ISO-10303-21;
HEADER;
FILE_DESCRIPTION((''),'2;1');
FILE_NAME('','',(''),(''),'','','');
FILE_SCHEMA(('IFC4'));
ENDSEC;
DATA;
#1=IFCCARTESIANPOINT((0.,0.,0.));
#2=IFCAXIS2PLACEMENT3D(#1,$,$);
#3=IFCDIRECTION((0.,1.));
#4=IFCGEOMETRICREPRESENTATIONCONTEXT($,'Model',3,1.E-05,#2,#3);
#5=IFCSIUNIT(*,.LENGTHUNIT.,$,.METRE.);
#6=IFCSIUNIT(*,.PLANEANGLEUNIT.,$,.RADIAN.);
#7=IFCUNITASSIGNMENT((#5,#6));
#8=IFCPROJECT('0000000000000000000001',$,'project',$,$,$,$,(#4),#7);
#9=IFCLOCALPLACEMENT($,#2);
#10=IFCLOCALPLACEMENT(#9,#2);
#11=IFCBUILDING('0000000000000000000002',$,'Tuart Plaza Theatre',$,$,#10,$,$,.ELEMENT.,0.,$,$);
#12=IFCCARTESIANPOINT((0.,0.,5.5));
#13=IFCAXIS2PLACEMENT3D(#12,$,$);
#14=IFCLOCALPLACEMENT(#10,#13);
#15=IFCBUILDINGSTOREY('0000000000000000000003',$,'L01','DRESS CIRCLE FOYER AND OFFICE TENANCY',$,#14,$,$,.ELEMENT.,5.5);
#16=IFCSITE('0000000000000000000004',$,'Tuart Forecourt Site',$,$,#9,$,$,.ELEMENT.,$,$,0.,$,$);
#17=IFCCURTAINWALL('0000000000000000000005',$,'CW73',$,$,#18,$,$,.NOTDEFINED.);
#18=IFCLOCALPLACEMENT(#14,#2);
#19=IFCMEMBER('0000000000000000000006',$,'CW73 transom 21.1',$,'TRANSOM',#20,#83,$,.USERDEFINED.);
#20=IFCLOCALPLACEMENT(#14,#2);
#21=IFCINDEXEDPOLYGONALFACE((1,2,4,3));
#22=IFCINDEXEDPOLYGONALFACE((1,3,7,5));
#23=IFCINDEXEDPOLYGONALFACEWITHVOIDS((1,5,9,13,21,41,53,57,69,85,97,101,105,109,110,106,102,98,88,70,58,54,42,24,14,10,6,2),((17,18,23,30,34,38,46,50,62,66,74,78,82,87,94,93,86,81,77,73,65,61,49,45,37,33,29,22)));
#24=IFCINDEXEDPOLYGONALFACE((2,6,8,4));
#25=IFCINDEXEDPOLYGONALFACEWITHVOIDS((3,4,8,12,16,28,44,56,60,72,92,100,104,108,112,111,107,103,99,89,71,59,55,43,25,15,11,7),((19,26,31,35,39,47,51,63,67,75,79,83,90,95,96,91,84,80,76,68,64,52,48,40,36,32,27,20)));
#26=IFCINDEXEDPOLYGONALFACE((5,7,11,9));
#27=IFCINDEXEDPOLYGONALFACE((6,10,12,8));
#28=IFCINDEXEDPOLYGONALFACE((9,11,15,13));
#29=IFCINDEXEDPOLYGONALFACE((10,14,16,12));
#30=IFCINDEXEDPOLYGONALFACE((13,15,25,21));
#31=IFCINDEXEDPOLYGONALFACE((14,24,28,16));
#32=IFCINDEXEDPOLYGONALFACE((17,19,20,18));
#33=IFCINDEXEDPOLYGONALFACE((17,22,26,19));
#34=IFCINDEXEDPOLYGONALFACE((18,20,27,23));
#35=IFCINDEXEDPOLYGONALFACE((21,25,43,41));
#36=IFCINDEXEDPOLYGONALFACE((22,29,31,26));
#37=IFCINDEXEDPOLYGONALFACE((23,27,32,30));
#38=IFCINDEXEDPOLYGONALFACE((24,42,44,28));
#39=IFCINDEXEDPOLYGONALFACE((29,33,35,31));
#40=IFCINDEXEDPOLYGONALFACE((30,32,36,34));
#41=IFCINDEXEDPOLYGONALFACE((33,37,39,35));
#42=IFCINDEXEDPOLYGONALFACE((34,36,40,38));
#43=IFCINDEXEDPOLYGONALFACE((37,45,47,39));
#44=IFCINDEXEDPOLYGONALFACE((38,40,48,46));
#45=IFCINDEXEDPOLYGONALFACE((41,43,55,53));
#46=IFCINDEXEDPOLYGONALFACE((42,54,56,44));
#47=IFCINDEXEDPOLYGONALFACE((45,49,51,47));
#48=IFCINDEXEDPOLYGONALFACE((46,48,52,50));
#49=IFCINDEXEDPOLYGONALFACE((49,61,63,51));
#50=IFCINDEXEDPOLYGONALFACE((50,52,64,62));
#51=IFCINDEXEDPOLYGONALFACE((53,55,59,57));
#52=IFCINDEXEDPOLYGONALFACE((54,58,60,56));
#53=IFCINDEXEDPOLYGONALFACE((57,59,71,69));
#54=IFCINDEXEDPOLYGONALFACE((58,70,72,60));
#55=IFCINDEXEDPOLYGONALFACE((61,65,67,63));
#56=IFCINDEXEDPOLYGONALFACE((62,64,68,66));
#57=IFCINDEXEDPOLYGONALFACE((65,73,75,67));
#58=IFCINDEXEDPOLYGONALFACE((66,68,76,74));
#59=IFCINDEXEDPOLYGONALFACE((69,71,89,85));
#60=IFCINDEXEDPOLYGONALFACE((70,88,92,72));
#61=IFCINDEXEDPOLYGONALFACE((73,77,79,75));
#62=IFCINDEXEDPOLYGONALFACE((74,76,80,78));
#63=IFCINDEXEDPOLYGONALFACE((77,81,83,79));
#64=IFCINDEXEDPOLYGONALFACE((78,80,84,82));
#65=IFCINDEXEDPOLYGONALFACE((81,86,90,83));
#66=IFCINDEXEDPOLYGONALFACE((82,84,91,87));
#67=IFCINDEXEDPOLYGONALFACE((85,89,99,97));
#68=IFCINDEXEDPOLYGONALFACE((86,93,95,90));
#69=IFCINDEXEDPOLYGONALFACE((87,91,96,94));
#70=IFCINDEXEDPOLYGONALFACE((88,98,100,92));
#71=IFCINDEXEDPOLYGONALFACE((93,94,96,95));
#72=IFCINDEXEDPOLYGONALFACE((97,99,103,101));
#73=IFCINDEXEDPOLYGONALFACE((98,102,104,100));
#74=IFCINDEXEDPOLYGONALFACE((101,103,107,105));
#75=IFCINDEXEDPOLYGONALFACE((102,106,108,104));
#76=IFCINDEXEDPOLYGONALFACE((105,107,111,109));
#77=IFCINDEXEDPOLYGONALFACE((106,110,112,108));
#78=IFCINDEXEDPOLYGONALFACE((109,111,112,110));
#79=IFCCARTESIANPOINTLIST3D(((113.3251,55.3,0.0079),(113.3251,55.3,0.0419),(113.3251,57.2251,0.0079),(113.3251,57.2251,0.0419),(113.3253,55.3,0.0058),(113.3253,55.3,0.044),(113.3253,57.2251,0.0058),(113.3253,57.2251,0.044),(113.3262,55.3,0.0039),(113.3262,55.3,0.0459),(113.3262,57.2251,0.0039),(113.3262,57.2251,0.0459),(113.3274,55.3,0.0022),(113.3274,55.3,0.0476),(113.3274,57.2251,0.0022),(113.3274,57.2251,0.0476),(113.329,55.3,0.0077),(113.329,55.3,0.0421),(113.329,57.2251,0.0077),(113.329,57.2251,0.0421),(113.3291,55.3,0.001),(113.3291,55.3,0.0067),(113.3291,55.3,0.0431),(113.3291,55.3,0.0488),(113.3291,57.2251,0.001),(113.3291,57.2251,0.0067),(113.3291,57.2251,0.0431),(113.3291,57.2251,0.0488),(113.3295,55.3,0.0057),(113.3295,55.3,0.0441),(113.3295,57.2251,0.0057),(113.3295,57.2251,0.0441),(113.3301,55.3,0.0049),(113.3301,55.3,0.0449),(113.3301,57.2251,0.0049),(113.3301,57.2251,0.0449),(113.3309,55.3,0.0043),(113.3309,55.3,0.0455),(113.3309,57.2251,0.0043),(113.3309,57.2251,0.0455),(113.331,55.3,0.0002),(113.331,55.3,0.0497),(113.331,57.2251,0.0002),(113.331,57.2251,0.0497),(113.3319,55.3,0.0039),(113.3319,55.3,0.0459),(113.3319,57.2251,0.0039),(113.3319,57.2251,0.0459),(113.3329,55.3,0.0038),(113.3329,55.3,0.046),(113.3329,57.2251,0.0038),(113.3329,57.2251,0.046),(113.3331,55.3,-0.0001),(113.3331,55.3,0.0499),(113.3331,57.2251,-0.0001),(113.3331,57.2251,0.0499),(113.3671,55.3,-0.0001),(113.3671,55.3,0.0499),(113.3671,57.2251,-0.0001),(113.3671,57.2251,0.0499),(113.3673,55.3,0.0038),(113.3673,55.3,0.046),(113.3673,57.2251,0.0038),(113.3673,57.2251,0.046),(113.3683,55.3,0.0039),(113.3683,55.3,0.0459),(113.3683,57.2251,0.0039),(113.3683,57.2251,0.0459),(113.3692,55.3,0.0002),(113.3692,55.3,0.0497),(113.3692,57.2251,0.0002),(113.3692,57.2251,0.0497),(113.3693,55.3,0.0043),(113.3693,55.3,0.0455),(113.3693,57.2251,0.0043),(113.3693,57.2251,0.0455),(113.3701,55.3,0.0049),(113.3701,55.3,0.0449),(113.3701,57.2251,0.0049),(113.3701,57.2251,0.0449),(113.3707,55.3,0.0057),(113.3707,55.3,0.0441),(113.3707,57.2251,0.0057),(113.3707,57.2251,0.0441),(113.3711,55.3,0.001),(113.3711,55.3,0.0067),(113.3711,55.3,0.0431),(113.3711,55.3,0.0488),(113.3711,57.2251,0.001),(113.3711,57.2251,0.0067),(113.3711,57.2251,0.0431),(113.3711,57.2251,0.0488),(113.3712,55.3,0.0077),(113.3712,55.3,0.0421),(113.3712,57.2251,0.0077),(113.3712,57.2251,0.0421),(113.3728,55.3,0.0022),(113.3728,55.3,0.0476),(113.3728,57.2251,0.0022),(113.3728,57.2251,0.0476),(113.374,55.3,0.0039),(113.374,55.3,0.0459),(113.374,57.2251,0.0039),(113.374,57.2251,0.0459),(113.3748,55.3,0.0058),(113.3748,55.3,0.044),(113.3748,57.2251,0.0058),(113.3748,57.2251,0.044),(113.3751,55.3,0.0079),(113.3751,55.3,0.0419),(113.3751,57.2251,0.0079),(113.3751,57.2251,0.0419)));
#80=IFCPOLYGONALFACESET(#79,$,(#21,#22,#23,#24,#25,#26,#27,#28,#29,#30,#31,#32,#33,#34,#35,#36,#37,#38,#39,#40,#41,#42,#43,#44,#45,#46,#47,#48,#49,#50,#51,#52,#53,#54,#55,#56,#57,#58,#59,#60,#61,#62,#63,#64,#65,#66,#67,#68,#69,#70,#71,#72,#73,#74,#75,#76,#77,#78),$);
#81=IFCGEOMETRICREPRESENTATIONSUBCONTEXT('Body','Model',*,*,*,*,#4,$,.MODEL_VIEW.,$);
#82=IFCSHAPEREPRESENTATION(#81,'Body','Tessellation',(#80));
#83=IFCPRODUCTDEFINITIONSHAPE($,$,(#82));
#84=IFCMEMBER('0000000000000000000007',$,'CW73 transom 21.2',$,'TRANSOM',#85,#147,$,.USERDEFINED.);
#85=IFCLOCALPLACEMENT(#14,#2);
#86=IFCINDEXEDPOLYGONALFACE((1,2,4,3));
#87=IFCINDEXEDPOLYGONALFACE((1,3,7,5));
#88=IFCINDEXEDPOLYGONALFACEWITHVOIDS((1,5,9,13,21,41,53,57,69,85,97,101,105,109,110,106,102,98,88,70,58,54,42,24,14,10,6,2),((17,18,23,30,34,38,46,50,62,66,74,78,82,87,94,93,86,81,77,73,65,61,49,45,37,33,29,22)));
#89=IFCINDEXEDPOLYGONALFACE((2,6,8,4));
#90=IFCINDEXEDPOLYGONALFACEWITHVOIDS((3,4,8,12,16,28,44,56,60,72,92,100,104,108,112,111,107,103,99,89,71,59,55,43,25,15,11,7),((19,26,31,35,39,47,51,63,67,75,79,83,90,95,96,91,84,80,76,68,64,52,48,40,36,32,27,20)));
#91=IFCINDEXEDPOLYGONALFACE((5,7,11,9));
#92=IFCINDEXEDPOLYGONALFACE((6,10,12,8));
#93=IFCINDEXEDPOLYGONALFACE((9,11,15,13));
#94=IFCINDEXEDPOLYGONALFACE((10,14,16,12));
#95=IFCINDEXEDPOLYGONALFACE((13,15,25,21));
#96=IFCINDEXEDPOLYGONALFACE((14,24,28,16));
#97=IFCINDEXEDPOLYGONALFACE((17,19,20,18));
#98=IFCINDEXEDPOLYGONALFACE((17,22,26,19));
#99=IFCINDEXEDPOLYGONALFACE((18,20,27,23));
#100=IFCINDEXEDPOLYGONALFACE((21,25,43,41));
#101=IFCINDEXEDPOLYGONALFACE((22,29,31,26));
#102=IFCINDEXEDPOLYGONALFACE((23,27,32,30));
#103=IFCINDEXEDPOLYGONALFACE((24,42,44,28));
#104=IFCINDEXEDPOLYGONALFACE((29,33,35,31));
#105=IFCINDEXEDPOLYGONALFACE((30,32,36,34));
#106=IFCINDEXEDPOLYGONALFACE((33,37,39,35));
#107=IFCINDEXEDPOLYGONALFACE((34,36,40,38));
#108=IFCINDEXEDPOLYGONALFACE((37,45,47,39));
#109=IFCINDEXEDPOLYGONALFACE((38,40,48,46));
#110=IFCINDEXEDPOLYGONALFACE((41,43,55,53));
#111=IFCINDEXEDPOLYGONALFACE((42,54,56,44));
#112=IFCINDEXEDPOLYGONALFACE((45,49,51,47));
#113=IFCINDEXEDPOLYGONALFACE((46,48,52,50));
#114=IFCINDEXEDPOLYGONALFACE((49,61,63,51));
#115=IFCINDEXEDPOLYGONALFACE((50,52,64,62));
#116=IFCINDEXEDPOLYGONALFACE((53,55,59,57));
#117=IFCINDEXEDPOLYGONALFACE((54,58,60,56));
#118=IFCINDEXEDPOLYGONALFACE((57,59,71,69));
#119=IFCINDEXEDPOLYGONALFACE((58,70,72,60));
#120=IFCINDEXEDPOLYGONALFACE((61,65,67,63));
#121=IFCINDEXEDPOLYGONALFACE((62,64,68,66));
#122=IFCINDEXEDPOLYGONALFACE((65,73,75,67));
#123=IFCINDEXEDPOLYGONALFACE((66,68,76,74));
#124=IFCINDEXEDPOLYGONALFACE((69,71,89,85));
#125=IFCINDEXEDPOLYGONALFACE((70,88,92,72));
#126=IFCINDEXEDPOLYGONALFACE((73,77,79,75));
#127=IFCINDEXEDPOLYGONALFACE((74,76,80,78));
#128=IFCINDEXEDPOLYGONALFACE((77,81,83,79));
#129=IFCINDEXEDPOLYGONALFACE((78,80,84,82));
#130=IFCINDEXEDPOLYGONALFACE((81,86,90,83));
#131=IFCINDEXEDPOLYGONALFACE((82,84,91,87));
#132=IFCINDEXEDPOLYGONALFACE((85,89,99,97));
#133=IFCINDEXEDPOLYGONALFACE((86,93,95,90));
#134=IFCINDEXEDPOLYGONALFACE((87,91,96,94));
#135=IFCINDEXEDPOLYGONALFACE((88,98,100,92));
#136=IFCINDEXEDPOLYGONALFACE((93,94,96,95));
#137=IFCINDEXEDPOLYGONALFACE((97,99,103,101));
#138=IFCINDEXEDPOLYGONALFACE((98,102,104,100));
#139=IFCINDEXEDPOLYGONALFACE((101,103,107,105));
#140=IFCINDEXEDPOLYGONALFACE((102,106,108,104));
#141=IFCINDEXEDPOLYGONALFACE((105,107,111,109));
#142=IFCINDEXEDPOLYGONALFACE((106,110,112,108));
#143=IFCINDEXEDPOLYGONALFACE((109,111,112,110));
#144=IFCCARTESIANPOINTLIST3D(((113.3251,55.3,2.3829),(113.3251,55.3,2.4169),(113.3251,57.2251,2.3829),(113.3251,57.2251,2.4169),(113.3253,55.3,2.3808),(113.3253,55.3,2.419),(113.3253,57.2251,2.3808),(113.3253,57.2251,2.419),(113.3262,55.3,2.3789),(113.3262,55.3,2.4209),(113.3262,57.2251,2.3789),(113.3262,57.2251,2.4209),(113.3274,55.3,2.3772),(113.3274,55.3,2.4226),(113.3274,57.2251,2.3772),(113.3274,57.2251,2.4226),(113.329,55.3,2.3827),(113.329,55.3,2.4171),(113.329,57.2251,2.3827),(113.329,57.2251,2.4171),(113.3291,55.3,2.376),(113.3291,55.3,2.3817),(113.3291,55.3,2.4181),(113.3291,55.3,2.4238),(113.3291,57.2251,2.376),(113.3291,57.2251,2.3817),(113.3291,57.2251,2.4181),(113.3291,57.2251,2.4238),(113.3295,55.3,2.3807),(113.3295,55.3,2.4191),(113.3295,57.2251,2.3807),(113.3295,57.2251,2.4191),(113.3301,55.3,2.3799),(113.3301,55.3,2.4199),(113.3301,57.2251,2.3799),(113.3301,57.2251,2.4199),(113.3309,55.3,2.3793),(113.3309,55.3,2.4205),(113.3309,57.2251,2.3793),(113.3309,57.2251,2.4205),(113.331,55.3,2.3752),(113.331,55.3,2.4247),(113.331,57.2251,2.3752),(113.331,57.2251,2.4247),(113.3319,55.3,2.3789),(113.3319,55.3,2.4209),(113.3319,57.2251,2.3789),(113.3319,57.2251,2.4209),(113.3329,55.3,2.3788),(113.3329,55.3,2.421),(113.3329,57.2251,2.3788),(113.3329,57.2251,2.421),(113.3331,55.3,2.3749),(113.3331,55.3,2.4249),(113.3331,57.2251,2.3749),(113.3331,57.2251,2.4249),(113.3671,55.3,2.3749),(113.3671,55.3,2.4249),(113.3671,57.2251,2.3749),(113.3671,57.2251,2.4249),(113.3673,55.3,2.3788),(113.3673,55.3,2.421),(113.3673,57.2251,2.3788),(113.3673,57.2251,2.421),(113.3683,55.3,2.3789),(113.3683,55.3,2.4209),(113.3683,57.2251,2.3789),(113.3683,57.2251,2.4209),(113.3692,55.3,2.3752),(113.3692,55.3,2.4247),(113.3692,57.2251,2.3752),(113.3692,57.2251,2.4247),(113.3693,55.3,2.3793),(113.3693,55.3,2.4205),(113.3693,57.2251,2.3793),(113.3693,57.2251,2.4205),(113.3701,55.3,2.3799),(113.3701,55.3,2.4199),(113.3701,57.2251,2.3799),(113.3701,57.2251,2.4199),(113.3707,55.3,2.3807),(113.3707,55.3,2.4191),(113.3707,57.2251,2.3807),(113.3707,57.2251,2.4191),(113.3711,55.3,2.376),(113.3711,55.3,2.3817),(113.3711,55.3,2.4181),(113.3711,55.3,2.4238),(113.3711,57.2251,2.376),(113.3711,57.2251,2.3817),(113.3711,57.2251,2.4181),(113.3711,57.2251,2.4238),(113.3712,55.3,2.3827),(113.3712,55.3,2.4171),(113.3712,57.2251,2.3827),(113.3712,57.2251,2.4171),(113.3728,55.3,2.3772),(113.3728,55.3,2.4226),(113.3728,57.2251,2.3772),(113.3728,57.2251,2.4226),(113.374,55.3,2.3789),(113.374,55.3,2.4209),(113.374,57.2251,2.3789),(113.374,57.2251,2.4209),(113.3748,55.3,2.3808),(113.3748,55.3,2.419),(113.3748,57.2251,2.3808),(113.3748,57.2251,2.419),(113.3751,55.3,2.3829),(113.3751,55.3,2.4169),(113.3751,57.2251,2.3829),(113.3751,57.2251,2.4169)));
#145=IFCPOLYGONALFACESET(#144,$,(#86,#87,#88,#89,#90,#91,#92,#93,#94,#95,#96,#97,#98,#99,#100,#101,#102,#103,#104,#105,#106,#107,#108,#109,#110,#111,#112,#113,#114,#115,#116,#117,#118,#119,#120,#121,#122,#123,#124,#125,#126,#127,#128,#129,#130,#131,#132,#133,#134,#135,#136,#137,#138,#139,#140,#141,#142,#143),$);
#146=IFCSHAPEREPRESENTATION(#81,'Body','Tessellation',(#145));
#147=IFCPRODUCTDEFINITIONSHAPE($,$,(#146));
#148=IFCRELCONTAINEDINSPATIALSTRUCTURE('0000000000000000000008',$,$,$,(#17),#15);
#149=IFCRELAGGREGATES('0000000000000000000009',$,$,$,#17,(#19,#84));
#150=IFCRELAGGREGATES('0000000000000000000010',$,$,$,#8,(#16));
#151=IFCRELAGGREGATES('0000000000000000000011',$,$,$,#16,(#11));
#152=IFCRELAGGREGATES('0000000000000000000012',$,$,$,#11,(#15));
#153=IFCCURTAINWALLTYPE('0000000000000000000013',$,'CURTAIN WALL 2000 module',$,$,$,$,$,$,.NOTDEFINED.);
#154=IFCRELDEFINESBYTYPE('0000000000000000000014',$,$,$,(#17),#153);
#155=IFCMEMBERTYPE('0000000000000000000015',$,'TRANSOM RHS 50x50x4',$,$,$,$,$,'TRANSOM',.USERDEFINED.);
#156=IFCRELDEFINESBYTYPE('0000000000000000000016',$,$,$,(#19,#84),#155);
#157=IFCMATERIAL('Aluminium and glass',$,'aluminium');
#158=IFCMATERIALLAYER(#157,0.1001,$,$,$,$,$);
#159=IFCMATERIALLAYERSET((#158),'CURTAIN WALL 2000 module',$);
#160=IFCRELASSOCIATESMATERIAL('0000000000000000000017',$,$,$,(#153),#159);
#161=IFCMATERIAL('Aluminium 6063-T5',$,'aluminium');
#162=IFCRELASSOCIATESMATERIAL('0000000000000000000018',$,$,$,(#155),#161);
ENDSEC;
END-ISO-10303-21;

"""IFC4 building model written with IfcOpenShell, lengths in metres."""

from ifc_helpers import new_model, si_unit, direction, frame, origin, origin_2d, place, context, subcontext, project, spatial, hollow_rectangle, extrude, material, layer, layer_set, material_profile, profile_set, type_object, element, aggregate, save


model = new_model("IFC4")

# Units and contexts
model_context = context("Model", 3, precision=1e-05, world=origin(), true_north=direction((0.0, 1.0)))
body_context = subcontext(model_context, "Body", "Model", "MODEL_VIEW")
ifc_project = project(units=[si_unit("LENGTHUNIT", "METRE"), si_unit("PLANEANGLEUNIT", "RADIAN")], contexts=[model_context])

# Site, building, storey
site_placement = place(None, origin())
site = spatial("IfcSite", under=ifc_project, at=site_placement, Name="Tuart Forecourt Site", CompositionType="ELEMENT", RefElevation=0.0)
building_placement = place(site_placement, origin())
building = spatial("IfcBuilding", under=site, at=building_placement, Name="Tuart Plaza Theatre", CompositionType="ELEMENT", ElevationOfRefHeight=0.0)
storey_placement = place(building_placement, frame((0.0, 0.0, 5.5)))
storey = spatial("IfcBuildingStorey", under=building, at=storey_placement, Name="L01", Description="DRESS CIRCLE FOYER AND OFFICE TENANCY", CompositionType="ELEMENT", Elevation=5.5)

# Curtain wall
ifc_material_1 = material(Name="Aluminium and glass", Category="aluminium")
ifc_layer_1 = layer(ifc_material_1, 0.1001)
ifc_layer_set_1 = layer_set([ifc_layer_1], Name="CURTAIN WALL 2000 module")
curtain_wall_type_1 = type_object("IfcCurtainWallType", Name="CURTAIN WALL 2000 module", PredefinedType="NOTDEFINED", material=ifc_layer_set_1)
curtain_wall_1_placement = place(storey_placement, origin())
curtain_wall_1 = element("IfcCurtainWall", 1, at=curtain_wall_1_placement, inside=storey, type_object=curtain_wall_type_1, Name="CW73", PredefinedType="NOTDEFINED")
ifc_material_2 = material(Name="Aluminium 6063-T5", Category="aluminium")
ifc_material_profile_1 = material_profile(ifc_material_2, hollow_rectangle(XDim=0.05, YDim=0.05, WallThickness=0.0039, InnerFilletRadius=0.0039, OuterFilletRadius=0.0081, at=origin_2d()), Name="RHS 50x50x4")
ifc_profile_set_1 = profile_set([ifc_material_profile_1], Name="Aluminium 6063-T5")
member_type_1 = type_object("IfcMemberType", Name="TRANSOM RHS 50x50x4", ElementType="TRANSOM", PredefinedType="USERDEFINED", material=ifc_profile_set_1)

# Members
member_1_placement = place(storey_placement, frame((113.3501, 57.2251, 0.0249), z_axis=(0.0, -1.0, 0.0), x_axis=(1.0, 0.0, 0.0)))
member_1 = element("IfcMember", 2, at=member_1_placement, type_object=member_type_1, Name="CW73 transom 21.1", ObjectType="TRANSOM", PredefinedType="USERDEFINED", context=body_context, shape_type="SweptSolid", body=[
    extrude(hollow_rectangle(XDim=0.05, YDim=0.05, WallThickness=0.0039, InnerFilletRadius=0.0039, OuterFilletRadius=0.0081, at=origin_2d()), origin(), (0.0, 0.0, 1.0), 1.925),
])
member_2_placement = place(storey_placement, frame((113.3501, 57.2251, 2.3999), z_axis=(0.0, -1.0, 0.0), x_axis=(1.0, 0.0, 0.0)))
member_2 = element("IfcMember", 3, at=member_2_placement, type_object=member_type_1, Name="CW73 transom 21.2", ObjectType="TRANSOM", PredefinedType="USERDEFINED", context=body_context, shape_type="SweptSolid", body=[
    extrude(hollow_rectangle(XDim=0.05, YDim=0.05, WallThickness=0.0039, InnerFilletRadius=0.0039, OuterFilletRadius=0.0081, at=origin_2d()), origin(), (0.0, 0.0, 1.0), 1.925),
])

aggregate(curtain_wall_1, [member_1, member_2])

save(model, "model.ifc")
